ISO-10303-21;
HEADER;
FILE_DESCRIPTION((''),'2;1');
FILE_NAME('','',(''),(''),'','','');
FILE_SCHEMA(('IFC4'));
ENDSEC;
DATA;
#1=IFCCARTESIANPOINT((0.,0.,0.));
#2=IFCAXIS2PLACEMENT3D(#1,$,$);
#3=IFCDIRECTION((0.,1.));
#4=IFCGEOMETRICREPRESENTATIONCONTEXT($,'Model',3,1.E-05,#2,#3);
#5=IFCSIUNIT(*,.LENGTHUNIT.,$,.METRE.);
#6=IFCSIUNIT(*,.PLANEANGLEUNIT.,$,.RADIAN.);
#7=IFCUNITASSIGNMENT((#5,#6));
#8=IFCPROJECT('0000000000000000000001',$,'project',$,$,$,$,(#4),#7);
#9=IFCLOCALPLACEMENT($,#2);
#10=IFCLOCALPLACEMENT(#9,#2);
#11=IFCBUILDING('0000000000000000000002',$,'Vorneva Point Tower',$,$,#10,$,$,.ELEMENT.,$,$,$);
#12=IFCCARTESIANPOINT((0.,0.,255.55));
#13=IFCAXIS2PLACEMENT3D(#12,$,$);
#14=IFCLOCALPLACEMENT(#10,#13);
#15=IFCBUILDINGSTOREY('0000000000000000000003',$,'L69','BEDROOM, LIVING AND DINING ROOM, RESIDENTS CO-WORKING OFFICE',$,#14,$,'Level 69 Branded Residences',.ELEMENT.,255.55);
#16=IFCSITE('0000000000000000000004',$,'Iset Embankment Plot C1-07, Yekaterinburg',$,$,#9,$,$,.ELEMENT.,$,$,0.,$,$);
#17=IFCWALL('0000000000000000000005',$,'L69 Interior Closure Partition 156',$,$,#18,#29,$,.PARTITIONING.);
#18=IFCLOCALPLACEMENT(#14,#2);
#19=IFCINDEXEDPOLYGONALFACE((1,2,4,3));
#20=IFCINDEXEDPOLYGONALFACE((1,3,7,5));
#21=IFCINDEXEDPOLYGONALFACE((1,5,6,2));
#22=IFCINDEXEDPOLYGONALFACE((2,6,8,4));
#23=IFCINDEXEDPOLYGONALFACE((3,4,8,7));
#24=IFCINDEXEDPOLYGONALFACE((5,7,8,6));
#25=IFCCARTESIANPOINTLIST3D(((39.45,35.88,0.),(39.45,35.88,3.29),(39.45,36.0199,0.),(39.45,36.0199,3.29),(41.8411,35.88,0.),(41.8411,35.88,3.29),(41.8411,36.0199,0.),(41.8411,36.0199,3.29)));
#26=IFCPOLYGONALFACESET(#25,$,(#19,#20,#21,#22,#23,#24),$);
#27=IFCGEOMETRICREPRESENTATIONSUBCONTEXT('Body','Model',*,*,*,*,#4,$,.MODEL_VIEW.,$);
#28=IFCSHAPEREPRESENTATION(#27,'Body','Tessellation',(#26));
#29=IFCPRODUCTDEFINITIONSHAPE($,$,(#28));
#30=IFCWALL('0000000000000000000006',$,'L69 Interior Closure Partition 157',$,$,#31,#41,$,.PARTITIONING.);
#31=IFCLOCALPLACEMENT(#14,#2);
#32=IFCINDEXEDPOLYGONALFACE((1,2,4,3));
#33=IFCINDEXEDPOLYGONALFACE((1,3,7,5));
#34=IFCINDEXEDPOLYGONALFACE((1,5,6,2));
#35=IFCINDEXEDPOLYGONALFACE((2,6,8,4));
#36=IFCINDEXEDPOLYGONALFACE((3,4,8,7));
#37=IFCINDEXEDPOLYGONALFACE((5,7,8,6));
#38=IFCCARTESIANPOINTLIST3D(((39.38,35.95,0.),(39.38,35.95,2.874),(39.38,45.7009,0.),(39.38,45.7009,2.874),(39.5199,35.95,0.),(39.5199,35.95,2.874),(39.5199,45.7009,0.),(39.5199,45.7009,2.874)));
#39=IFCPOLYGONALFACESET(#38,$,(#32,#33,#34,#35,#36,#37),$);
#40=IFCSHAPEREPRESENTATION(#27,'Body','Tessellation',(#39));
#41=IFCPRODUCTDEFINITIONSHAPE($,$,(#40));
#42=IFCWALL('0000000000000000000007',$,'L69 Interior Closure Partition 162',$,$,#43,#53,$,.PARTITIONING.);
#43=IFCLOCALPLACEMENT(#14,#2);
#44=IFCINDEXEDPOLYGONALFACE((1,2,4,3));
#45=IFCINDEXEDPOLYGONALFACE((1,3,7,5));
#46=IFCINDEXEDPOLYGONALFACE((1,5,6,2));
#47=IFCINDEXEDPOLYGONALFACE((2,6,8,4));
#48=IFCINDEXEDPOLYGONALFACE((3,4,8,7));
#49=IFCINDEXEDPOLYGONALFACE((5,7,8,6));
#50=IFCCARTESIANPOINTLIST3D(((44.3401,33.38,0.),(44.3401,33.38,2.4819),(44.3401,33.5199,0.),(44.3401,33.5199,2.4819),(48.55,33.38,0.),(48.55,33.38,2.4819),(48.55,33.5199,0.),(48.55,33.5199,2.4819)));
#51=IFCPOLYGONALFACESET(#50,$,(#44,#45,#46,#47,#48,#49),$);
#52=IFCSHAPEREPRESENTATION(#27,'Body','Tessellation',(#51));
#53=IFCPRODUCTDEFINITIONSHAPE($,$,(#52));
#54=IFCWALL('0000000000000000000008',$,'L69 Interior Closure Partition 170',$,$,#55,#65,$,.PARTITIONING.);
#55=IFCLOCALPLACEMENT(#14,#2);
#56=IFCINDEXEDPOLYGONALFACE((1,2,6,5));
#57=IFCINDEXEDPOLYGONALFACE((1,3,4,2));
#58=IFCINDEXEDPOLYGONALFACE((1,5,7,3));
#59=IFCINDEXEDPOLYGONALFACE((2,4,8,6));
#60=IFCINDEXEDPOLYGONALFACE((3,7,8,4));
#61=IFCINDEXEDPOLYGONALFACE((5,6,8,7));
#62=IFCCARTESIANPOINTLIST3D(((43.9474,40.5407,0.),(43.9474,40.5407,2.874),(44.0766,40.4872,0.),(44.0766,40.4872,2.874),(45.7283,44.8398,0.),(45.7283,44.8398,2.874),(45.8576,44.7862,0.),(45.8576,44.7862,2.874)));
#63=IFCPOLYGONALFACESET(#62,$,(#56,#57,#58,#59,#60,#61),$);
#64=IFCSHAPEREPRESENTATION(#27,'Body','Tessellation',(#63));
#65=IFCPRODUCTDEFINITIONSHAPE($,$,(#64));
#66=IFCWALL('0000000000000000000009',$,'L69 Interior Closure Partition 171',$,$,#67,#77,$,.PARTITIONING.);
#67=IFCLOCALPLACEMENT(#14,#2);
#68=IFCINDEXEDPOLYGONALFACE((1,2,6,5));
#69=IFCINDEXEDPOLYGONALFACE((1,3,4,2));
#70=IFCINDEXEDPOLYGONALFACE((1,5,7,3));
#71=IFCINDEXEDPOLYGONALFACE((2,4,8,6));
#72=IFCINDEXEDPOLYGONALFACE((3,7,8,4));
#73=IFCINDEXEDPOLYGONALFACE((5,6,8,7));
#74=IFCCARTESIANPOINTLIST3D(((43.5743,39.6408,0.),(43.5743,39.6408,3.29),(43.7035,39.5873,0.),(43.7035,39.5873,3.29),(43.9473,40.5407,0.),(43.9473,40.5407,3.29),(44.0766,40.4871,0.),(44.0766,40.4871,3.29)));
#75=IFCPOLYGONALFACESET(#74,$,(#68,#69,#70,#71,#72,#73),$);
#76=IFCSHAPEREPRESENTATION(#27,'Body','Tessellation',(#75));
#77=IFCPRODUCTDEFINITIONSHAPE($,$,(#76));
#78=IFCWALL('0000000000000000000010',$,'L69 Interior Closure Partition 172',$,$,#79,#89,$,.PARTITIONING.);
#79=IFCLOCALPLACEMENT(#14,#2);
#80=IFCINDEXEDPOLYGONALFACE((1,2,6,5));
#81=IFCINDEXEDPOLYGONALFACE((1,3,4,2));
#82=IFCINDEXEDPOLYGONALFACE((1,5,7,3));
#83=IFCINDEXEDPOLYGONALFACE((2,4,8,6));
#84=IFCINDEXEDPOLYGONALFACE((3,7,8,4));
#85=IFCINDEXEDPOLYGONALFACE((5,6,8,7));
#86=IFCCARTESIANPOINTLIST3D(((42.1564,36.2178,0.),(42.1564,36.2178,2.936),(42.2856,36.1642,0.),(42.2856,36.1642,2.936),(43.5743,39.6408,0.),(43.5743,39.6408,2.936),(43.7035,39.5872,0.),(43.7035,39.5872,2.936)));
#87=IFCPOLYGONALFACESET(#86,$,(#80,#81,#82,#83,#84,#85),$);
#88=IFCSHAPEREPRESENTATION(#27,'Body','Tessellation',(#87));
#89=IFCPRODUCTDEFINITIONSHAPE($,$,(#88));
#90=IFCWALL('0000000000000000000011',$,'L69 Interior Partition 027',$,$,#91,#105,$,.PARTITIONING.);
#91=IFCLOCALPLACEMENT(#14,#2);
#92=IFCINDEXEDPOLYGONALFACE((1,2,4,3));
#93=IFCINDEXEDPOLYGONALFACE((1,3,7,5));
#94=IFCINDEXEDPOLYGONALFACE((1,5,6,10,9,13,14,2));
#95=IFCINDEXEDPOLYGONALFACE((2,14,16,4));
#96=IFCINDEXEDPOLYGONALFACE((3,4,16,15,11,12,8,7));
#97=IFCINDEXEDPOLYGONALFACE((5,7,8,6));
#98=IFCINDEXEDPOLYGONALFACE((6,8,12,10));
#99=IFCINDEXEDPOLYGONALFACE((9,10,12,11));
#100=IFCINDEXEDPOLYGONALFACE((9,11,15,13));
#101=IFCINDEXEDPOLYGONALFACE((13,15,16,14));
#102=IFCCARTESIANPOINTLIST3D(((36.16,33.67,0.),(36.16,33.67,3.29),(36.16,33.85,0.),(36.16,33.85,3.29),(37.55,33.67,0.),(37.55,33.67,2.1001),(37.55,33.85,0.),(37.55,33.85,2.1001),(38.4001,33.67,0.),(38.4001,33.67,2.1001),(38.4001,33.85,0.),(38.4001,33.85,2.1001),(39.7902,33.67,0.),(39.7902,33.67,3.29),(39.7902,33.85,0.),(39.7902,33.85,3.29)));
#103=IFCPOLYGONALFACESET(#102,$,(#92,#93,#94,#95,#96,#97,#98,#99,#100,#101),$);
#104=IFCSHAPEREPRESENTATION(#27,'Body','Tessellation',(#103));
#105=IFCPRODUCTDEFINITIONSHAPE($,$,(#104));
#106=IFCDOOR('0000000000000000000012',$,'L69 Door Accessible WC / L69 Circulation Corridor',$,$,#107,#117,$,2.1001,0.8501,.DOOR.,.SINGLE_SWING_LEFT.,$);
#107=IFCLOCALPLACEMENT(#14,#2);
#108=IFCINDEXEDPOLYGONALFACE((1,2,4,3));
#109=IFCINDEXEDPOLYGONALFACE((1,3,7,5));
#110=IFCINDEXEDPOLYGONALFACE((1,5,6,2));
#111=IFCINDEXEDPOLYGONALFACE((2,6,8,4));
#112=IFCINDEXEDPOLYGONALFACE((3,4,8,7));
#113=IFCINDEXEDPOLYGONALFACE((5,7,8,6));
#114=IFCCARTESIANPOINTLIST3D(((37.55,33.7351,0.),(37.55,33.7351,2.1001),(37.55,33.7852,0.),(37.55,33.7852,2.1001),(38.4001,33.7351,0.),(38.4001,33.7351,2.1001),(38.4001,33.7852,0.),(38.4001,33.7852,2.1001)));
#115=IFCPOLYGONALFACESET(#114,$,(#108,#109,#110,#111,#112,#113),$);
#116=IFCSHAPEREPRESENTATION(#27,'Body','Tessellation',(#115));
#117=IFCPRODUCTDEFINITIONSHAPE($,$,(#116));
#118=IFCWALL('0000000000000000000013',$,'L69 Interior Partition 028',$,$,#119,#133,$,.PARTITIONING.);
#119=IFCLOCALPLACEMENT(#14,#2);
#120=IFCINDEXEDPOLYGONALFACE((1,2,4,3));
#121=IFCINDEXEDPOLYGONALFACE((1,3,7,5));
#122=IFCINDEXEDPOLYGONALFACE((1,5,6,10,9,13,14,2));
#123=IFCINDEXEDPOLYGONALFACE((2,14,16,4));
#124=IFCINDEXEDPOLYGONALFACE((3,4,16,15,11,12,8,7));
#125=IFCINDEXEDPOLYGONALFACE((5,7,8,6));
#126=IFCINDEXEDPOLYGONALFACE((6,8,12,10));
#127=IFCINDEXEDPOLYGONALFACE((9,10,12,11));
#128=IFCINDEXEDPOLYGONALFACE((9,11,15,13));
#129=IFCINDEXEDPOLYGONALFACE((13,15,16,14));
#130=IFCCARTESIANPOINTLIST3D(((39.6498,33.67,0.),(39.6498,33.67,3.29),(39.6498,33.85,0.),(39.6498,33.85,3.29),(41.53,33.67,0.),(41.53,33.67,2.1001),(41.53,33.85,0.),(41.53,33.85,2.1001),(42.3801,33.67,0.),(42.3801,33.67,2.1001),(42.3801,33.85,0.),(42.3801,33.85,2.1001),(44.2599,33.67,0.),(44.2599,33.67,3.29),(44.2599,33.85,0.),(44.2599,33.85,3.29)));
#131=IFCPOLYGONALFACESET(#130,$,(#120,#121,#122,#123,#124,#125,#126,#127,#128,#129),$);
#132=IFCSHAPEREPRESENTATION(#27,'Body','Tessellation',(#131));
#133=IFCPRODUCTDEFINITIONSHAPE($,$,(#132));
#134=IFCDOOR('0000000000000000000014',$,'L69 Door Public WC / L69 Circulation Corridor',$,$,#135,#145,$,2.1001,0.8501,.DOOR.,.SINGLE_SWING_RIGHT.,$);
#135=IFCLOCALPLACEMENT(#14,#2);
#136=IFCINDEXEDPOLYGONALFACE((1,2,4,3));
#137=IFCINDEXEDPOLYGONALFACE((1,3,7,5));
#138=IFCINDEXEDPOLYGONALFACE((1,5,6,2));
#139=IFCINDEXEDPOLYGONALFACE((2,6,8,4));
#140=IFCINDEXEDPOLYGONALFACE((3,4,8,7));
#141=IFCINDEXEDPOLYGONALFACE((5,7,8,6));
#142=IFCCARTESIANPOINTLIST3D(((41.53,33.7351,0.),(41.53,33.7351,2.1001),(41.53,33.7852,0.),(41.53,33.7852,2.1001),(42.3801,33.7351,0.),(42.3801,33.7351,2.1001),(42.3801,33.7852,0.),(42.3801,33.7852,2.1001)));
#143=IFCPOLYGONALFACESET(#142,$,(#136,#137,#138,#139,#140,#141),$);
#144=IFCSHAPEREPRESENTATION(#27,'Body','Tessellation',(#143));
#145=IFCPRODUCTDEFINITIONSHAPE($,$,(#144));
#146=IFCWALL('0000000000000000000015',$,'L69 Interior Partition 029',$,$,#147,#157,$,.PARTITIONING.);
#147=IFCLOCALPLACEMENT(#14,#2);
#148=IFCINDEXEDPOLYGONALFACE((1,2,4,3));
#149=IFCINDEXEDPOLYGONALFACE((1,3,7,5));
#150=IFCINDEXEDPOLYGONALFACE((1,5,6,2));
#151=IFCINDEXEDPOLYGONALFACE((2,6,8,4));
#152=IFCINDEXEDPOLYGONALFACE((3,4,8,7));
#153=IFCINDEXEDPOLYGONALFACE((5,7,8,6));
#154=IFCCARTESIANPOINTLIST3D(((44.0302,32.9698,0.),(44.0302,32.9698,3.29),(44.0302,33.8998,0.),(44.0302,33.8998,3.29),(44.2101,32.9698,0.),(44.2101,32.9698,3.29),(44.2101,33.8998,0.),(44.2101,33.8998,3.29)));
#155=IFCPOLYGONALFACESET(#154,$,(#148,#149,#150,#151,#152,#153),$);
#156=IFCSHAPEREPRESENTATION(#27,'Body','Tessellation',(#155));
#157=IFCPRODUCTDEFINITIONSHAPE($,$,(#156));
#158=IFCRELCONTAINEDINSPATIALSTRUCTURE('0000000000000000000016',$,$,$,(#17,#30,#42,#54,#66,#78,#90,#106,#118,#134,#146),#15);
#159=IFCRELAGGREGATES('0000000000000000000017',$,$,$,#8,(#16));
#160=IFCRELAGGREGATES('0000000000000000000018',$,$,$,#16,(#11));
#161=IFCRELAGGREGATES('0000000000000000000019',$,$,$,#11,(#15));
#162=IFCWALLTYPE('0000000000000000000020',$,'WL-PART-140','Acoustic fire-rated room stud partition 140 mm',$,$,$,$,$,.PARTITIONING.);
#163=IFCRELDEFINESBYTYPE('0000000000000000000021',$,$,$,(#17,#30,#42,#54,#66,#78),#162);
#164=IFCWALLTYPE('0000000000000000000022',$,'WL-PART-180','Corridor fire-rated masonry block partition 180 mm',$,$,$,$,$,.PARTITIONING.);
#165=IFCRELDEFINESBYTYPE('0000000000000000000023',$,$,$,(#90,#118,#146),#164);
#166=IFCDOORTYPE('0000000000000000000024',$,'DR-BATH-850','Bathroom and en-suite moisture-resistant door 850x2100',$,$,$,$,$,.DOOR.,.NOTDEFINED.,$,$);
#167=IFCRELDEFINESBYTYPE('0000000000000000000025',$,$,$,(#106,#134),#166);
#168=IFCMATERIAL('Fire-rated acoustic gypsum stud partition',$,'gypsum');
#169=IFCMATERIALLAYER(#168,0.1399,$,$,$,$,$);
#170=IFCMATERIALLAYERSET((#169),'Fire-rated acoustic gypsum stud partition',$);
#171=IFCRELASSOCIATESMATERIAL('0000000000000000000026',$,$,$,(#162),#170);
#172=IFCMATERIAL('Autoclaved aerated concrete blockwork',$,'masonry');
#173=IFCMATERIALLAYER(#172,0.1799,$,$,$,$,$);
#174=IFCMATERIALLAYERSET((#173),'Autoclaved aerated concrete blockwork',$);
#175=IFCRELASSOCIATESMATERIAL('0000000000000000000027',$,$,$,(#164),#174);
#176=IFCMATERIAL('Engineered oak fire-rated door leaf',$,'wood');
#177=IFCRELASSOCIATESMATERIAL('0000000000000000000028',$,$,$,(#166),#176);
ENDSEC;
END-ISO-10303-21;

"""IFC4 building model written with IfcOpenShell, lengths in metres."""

from ifc_helpers import new_model, si_unit, direction, frame, frame_2d, origin, place, context, subcontext, project, spatial, rectangle, extrude, material, layer, layer_set, type_object, element, fill, save


model = new_model("IFC4")

# Units and contexts
model_context = context("Model", 3, precision=1e-05, world=origin(), true_north=direction((0.0, 1.0)))
body_context = subcontext(model_context, "Body", "Model", "MODEL_VIEW")
ifc_project = project(units=[si_unit("LENGTHUNIT", "METRE"), si_unit("PLANEANGLEUNIT", "RADIAN")], contexts=[model_context])

# Site, building, storey
site_placement = place(None, origin())
site = spatial("IfcSite", under=ifc_project, at=site_placement, Name="Iset Embankment Plot C1-07, Yekaterinburg", CompositionType="ELEMENT", RefElevation=0.0)
building_placement = place(site_placement, origin())
building = spatial("IfcBuilding", under=site, at=building_placement, Name="Vorneva Point Tower", CompositionType="ELEMENT")
storey_placement = place(building_placement, frame((0.0, 0.0, 255.55)))
storey = spatial("IfcBuildingStorey", under=building, at=storey_placement, Name="L69", Description="BEDROOM, LIVING AND DINING ROOM, RESIDENTS CO-WORKING OFFICE", LongName="Level 69 Branded Residences", CompositionType="ELEMENT", Elevation=255.55)

# Walls
ifc_material_1 = material(Name="Fire-rated acoustic gypsum stud partition", Category="gypsum")
ifc_layer_1 = layer(ifc_material_1, 0.1399)
ifc_layer_set_1 = layer_set([ifc_layer_1], Name="Fire-rated acoustic gypsum stud partition")
wall_type_1 = type_object("IfcWallType", Name="WL-PART-140", Description="Acoustic fire-rated room stud partition 140 mm", PredefinedType="PARTITIONING", material=ifc_layer_set_1)
wall_1_placement = place(storey_placement, frame((41.8411, 35.95, 0.0), z_axis=(0.0, 0.0, 1.0), x_axis=(-1.0, 0.0, 0.0)))
element("IfcWall", 1, at=wall_1_placement, inside=storey, type_object=wall_type_1, Name="L69 Interior Closure Partition 156", PredefinedType="PARTITIONING", context=body_context, shape_type="SweptSolid", body=[
    extrude(rectangle(XDim=2.3911, YDim=0.1399, at=frame_2d((1.1956, 0.0))), origin(), (0.0, 0.0, 1.0), 3.29),
])
wall_2_placement = place(storey_placement, frame((39.45, 35.95, 0.0), z_axis=(0.0, 0.0, 1.0), x_axis=(0.0, 1.0, 0.0)))
element("IfcWall", 2, at=wall_2_placement, inside=storey, type_object=wall_type_1, Name="L69 Interior Closure Partition 157", PredefinedType="PARTITIONING", context=body_context, shape_type="SweptSolid", body=[
    extrude(rectangle(XDim=9.751, YDim=0.1399, at=frame_2d((4.8755, 0.0))), origin(), (0.0, 0.0, 1.0), 2.874),
])
wall_3_placement = place(storey_placement, frame((48.55, 33.45, 0.0), z_axis=(0.0, 0.0, 1.0), x_axis=(-1.0, 0.0, 0.0)))
element("IfcWall", 3, at=wall_3_placement, inside=storey, type_object=wall_type_1, Name="L69 Interior Closure Partition 162", PredefinedType="PARTITIONING", context=body_context, shape_type="SweptSolid", body=[
    extrude(rectangle(XDim=4.21, YDim=0.1399, at=frame_2d((2.105, 0.0))), origin(), (0.0, 0.0, 1.0), 2.4819),
])
wall_4_placement = place(storey_placement, frame((45.793, 44.813, 0.0), z_axis=(0.0, 0.0, 1.0), x_axis=(-0.382733, -0.923859, 0.0)))
element("IfcWall", 4, at=wall_4_placement, inside=storey, type_object=wall_type_1, Name="L69 Interior Closure Partition 170", PredefinedType="PARTITIONING", context=body_context, shape_type="SweptSolid", body=[
    extrude(rectangle(XDim=4.6533, YDim=0.1399, at=frame_2d((2.3267, 0.0))), origin(), (0.0, 0.0, 1.0), 2.874),
])
wall_5_placement = place(storey_placement, frame((44.012, 40.5139, 0.0), z_axis=(0.0, 0.0, 1.0), x_axis=(-0.382942, -0.923772, 0.0)))
element("IfcWall", 5, at=wall_5_placement, inside=storey, type_object=wall_type_1, Name="L69 Interior Closure Partition 171", PredefinedType="PARTITIONING", context=body_context, shape_type="SweptSolid", body=[
    extrude(rectangle(XDim=0.9741, YDim=0.1399, at=frame_2d((0.4871, 0.0))), origin(), (0.0, 0.0, 1.0), 3.29),
])
wall_6_placement = place(storey_placement, frame((43.6389, 39.614, 0.0), z_axis=(0.0, 0.0, 1.0), x_axis=(-0.382701, -0.923872, 0.0)))
element("IfcWall", 6, at=wall_6_placement, inside=storey, type_object=wall_type_1, Name="L69 Interior Closure Partition 172", PredefinedType="PARTITIONING", context=body_context, shape_type="SweptSolid", body=[
    extrude(rectangle(XDim=3.7051, YDim=0.1399, at=frame_2d((1.8525, 0.0))), origin(), (0.0, 0.0, 1.0), 2.936),
])

# Walls, openings, doors
ifc_material_2 = material(Name="Autoclaved aerated concrete blockwork", Category="masonry")
ifc_layer_2 = layer(ifc_material_2, 0.1799)
ifc_layer_set_2 = layer_set([ifc_layer_2], Name="Autoclaved aerated concrete blockwork")
wall_type_2 = type_object("IfcWallType", Name="WL-PART-180", Description="Corridor fire-rated masonry block partition 180 mm", PredefinedType="PARTITIONING", material=ifc_layer_set_2)
wall_7_placement = place(storey_placement, frame((39.79, 33.76, 0.0), z_axis=(0.0, 0.0, 1.0), x_axis=(-1.0, 0.0, 0.0)))
wall_7 = element("IfcWall", 7, at=wall_7_placement, inside=storey, type_object=wall_type_2, Name="L69 Interior Partition 027", PredefinedType="PARTITIONING", context=body_context, shape_type="SweptSolid", body=[
    extrude(rectangle(XDim=3.6301, YDim=0.1799, at=frame_2d((1.8149, 0.0))), origin(), (0.0, 0.0, 1.0), 3.29),
])
opening_1_placement = place(wall_7_placement, frame((1.3899, 0.0, 0.0)))
opening_1 = element("IfcOpeningElement", 8, at=opening_1_placement, cuts=wall_7, PredefinedType="OPENING", context=body_context, shape_type="SweptSolid", body=[
    extrude(rectangle(XDim=0.8501, YDim=2.1001, at=frame_2d((0.425, 1.05))), frame((0.0, 0.105, 0.0), z_axis=(0.0, -1.0, 0.0), x_axis=(1.0, 0.0, 0.0)), (0.0, 0.0, 1.0), 0.2097),
])
ifc_material_3 = material(Name="Engineered oak fire-rated door leaf", Category="wood")
door_type = type_object("IfcDoorType", Name="DR-BATH-850", Description="Bathroom and en-suite moisture-resistant door 850x2100", OperationType="NOTDEFINED", PredefinedType="DOOR", material=ifc_material_3)
door_1_placement = place(opening_1_placement, origin())
door_1 = element("IfcDoor", 9, at=door_1_placement, inside=storey, type_object=door_type, Name="L69 Door Accessible WC / L69 Circulation Corridor", OperationType="SINGLE_SWING_LEFT", OverallHeight=2.1001, OverallWidth=0.8501, PredefinedType="DOOR", context=body_context, shape_type="SweptSolid", body=[
    extrude(rectangle(XDim=0.8501, YDim=2.1001, at=frame_2d((0.425, 1.05))), frame((0.0, 0.0249, 0.0), z_axis=(0.0, -1.0, 0.0), x_axis=(1.0, 0.0, 0.0)), (0.0, 0.0, 1.0), 0.05),
])
fill(opening_1, door_1)
wall_8_placement = place(storey_placement, frame((44.26, 33.76, 0.0), z_axis=(0.0, 0.0, 1.0), x_axis=(-1.0, 0.0, 0.0)))
wall_8 = element("IfcWall", 10, at=wall_8_placement, inside=storey, type_object=wall_type_2, Name="L69 Interior Partition 028", PredefinedType="PARTITIONING", context=body_context, shape_type="SweptSolid", body=[
    extrude(rectangle(XDim=4.6101, YDim=0.1799, at=frame_2d((2.3052, 0.0))), origin(), (0.0, 0.0, 1.0), 3.29),
])
opening_2_placement = place(wall_8_placement, frame((1.8799, 0.0, 0.0)))
opening_2 = element("IfcOpeningElement", 11, at=opening_2_placement, cuts=wall_8, PredefinedType="OPENING", context=body_context, shape_type="SweptSolid", body=[
    extrude(rectangle(XDim=0.8501, YDim=2.1001, at=frame_2d((0.425, 1.05))), frame((0.0, 0.105, 0.0), z_axis=(0.0, -1.0, 0.0), x_axis=(1.0, 0.0, 0.0)), (0.0, 0.0, 1.0), 0.2097),
])
door_2_placement = place(opening_2_placement, origin())
door_2 = element("IfcDoor", 12, at=door_2_placement, inside=storey, type_object=door_type, Name="L69 Door Public WC / L69 Circulation Corridor", OperationType="SINGLE_SWING_RIGHT", OverallHeight=2.1001, OverallWidth=0.8501, PredefinedType="DOOR", context=body_context, shape_type="SweptSolid", body=[
    extrude(rectangle(XDim=0.8501, YDim=2.1001, at=frame_2d((0.425, 1.05))), frame((0.0, 0.0249, 0.0), z_axis=(0.0, -1.0, 0.0), x_axis=(1.0, 0.0, 0.0)), (0.0, 0.0, 1.0), 0.05),
])
fill(opening_2, door_2)

# Wall
wall_9_placement = place(storey_placement, frame((44.1201, 32.97, 0.0), z_axis=(0.0, 0.0, 1.0), x_axis=(0.0, 1.0, 0.0)))
element("IfcWall", 13, at=wall_9_placement, inside=storey, type_object=wall_type_2, Name="L69 Interior Partition 029", PredefinedType="PARTITIONING", context=body_context, shape_type="SweptSolid", body=[
    extrude(rectangle(XDim=0.9299, YDim=0.1799, at=frame_2d((0.4648, 0.0))), origin(), (0.0, 0.0, 1.0), 3.29),
])

save(model, "model.ifc")
